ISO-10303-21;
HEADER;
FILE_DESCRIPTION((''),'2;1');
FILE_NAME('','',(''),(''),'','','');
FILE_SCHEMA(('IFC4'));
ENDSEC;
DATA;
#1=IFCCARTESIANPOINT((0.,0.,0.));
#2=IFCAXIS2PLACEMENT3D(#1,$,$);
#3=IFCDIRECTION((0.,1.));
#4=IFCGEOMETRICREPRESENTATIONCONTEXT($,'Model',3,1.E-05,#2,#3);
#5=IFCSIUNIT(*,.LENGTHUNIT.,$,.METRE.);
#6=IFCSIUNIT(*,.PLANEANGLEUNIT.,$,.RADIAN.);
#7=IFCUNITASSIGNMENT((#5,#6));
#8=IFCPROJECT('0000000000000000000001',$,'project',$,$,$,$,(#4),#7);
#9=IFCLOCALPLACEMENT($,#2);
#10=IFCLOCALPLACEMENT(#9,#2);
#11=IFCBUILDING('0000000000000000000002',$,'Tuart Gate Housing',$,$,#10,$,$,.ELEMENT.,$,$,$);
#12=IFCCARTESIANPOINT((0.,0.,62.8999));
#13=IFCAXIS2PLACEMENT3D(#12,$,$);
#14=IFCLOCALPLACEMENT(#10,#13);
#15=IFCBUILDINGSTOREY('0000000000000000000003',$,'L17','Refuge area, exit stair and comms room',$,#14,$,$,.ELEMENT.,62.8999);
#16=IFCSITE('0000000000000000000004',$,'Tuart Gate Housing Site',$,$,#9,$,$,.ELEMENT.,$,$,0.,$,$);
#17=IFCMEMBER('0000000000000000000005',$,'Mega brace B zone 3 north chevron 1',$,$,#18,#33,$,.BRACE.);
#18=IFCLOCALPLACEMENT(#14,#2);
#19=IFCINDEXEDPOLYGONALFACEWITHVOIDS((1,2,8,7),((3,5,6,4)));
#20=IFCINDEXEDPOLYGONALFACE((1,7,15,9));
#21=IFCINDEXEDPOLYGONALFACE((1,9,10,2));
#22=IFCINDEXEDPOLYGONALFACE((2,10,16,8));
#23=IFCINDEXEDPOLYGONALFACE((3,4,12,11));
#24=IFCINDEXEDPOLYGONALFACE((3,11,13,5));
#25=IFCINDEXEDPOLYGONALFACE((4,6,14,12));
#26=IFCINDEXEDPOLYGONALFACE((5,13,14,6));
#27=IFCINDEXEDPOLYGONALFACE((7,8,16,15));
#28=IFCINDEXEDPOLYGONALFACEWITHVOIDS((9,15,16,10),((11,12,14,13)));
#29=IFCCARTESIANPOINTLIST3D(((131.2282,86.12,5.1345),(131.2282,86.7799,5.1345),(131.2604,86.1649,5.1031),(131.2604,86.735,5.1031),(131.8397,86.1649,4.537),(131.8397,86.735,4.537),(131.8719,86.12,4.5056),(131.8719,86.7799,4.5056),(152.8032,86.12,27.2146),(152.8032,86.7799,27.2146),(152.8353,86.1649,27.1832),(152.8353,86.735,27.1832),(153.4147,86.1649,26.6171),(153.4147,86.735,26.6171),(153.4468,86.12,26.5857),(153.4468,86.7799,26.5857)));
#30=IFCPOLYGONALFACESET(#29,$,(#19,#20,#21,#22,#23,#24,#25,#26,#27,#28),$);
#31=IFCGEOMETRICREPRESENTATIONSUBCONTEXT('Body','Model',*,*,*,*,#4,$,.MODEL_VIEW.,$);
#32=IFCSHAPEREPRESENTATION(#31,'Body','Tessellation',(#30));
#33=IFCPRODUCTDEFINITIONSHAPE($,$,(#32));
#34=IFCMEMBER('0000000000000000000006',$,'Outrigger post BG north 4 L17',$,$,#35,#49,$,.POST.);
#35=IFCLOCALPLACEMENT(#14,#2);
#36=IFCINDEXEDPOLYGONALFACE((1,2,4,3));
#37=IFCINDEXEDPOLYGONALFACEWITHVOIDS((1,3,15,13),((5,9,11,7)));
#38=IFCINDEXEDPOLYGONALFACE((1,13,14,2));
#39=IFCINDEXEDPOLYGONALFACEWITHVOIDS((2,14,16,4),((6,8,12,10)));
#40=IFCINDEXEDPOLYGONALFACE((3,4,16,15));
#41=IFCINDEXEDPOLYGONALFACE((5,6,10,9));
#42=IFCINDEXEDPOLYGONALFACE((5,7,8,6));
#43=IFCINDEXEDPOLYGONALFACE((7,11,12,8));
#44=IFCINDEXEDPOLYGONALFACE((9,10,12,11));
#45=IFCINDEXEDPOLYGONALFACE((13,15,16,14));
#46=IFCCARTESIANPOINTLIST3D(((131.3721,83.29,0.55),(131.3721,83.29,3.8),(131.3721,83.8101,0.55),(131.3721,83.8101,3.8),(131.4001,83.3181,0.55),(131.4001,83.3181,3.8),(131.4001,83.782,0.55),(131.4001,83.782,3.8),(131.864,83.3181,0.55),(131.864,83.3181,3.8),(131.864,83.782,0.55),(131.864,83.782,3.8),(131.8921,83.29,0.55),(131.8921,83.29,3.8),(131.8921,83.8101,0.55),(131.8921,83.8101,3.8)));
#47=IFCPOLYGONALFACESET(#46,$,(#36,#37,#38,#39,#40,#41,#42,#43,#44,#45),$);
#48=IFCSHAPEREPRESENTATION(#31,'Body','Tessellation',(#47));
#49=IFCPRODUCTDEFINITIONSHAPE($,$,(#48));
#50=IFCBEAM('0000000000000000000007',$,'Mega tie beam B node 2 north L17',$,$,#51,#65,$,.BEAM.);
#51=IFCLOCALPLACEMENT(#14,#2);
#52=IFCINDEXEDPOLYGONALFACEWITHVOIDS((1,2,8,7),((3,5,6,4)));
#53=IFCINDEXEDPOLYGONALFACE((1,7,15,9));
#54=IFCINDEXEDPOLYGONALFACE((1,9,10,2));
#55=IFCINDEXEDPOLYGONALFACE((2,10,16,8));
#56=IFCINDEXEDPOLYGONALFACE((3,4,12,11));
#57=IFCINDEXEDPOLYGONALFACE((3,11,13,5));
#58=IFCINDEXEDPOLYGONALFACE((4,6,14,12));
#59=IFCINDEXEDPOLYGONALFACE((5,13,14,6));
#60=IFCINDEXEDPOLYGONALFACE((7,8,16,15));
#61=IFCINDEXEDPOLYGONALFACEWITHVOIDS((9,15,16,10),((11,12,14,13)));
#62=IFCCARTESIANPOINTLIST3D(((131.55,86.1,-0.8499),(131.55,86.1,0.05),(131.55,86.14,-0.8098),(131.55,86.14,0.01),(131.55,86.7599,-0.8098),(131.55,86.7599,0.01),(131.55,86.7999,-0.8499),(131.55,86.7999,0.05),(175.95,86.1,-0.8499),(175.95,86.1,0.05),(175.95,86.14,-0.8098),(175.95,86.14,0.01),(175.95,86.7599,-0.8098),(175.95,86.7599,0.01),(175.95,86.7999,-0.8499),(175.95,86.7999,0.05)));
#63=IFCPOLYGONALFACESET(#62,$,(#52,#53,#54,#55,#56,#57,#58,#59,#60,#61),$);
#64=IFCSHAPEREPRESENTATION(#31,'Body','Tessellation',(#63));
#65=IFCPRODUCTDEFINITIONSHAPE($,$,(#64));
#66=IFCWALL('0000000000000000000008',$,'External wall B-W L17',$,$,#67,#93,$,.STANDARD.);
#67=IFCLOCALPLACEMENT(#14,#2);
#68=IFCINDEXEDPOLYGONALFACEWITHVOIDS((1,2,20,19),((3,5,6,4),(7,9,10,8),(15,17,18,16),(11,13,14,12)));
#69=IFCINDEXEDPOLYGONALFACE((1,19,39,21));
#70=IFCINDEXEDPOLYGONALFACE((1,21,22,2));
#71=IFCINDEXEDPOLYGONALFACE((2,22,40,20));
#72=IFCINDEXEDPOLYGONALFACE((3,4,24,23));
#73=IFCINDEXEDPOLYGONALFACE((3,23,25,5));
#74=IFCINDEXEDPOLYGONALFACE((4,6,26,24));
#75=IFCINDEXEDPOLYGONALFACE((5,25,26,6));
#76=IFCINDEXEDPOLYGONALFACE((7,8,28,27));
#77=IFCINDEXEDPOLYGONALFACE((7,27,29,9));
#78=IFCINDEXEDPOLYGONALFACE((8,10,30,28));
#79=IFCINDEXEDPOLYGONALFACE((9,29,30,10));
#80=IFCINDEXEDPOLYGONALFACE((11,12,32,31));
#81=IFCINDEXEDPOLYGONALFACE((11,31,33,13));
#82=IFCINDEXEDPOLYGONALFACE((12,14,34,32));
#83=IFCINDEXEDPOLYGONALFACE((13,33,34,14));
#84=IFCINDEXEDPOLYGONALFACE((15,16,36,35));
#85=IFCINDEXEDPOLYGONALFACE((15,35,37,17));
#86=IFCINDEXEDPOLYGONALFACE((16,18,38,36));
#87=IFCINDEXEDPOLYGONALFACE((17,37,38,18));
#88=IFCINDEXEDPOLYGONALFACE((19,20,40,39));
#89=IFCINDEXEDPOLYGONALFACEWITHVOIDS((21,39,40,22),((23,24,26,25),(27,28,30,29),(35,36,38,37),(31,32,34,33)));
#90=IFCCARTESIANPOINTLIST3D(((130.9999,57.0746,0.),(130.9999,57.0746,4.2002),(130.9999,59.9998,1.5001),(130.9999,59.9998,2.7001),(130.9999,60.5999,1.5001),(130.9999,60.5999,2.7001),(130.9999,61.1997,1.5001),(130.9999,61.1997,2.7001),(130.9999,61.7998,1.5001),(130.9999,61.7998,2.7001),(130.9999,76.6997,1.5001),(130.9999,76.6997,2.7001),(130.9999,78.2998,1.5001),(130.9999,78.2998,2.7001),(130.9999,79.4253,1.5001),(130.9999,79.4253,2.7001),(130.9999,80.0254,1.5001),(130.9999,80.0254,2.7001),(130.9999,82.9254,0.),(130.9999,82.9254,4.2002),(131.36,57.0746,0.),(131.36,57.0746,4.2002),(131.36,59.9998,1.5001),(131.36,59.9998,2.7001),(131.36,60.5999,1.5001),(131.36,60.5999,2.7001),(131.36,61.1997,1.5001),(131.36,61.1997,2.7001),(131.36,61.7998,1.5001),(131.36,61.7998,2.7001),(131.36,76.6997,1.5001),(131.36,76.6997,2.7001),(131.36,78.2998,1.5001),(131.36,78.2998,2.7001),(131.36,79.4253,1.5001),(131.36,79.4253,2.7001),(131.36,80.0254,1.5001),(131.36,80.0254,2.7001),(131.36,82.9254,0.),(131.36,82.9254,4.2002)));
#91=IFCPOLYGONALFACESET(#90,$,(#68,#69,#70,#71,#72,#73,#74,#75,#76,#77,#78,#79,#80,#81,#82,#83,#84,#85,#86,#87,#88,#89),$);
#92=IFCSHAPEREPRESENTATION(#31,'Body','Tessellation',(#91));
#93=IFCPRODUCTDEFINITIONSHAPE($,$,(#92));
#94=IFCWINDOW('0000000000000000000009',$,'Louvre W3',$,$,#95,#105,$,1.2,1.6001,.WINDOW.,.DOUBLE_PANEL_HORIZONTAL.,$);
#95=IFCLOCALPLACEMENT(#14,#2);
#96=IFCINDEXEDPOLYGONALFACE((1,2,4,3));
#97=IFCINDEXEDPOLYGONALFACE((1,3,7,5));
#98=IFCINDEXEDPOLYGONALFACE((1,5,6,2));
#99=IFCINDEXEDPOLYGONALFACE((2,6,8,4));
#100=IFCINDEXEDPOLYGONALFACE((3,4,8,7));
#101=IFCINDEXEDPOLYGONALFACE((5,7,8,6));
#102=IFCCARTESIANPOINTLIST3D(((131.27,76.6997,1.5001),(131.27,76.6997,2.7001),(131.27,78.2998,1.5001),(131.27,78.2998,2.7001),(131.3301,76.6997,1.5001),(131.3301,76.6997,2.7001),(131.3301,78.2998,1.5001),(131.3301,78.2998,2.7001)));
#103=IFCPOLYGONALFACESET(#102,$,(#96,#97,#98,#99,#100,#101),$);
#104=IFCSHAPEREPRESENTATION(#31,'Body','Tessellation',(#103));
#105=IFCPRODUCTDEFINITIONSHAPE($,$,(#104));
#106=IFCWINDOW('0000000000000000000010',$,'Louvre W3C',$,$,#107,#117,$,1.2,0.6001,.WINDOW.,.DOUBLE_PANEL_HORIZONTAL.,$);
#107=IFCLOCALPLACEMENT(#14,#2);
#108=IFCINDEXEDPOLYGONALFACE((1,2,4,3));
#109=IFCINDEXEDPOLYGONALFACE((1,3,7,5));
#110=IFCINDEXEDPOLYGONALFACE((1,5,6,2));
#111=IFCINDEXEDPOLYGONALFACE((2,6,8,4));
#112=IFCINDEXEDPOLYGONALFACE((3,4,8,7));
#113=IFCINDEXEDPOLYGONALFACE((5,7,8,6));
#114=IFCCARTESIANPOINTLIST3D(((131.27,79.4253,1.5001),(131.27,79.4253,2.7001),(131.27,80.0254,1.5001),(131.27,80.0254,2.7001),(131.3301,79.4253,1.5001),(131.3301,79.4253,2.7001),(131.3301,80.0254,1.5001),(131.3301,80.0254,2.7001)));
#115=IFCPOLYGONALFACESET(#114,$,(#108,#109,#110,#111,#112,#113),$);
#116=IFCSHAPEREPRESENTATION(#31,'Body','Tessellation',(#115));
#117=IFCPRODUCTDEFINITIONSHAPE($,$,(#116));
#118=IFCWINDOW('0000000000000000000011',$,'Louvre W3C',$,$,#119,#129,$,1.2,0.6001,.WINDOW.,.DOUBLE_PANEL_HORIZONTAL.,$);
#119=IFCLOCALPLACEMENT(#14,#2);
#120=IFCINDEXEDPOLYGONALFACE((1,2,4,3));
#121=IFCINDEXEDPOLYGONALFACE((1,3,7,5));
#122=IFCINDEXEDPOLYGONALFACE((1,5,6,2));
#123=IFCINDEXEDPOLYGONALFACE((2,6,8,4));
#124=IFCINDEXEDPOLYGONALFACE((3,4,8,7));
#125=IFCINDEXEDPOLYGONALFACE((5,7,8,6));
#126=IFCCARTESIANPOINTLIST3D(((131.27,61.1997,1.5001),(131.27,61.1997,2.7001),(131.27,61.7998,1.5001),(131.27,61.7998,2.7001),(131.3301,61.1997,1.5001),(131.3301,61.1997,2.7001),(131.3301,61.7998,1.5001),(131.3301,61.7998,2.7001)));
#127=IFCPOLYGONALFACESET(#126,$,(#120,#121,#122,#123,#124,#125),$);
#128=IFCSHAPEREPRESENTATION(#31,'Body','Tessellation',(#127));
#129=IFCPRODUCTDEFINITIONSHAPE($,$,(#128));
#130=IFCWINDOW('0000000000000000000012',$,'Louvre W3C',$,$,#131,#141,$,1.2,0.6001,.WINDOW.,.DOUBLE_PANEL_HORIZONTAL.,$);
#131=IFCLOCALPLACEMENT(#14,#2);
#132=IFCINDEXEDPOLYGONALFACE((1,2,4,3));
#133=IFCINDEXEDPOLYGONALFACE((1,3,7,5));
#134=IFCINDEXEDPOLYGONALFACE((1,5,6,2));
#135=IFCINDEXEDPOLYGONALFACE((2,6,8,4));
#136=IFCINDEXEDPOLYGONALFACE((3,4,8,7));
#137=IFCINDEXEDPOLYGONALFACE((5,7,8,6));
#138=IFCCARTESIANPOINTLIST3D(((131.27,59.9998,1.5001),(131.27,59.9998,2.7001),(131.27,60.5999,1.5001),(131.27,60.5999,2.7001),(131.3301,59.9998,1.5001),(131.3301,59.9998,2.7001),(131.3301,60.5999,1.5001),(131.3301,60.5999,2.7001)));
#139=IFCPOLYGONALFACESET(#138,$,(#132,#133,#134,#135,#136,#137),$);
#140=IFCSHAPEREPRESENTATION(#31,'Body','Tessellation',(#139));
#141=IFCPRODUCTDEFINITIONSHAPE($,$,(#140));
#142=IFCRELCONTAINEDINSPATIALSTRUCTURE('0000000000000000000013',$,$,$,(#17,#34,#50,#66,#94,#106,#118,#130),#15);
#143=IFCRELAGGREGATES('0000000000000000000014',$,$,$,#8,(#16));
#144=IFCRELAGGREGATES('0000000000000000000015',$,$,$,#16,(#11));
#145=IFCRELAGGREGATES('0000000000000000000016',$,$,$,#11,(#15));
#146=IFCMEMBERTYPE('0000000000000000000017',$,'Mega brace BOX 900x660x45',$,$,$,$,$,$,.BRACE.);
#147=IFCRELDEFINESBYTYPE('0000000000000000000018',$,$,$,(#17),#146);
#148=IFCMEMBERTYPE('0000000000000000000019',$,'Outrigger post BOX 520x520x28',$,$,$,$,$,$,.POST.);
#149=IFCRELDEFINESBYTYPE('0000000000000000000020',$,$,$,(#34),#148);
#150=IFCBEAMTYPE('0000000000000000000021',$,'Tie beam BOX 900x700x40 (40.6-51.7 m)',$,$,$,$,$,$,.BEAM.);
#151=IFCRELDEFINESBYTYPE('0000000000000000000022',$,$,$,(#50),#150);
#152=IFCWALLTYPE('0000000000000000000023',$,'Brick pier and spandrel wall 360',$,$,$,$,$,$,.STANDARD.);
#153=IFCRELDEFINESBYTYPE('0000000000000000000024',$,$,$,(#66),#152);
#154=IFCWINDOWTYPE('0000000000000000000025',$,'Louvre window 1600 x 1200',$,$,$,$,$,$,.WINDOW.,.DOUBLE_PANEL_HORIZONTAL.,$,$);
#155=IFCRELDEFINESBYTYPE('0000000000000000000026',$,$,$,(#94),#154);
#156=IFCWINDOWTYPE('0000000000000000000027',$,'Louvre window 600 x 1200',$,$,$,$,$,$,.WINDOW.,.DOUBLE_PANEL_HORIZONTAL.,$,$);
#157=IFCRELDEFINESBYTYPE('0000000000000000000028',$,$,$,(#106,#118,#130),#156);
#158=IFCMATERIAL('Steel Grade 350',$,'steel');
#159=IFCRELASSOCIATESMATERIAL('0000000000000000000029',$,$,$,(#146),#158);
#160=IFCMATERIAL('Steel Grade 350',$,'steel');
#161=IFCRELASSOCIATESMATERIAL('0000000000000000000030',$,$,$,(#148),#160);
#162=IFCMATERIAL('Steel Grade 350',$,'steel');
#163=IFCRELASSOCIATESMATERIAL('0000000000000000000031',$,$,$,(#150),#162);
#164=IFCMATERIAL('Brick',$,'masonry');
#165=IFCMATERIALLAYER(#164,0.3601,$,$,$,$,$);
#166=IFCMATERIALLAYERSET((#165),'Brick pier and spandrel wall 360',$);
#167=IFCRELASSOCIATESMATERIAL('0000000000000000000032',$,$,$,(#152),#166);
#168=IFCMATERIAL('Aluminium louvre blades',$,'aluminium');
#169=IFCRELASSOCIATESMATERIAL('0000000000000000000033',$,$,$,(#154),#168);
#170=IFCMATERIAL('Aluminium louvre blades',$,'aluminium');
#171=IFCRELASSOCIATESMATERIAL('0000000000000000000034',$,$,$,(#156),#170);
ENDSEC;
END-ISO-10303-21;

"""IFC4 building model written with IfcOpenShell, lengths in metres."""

from ifc_helpers import new_model, si_unit, direction, frame, frame_2d, origin, origin_2d, place, context, subcontext, project, spatial, rectangle, hollow_rectangle, extrude, material, layer, layer_set, material_profile, profile_set, type_object, element, fill, save


model = new_model("IFC4")

# Units and contexts
model_context = context("Model", 3, precision=1e-05, world=origin(), true_north=direction((0.0, 1.0)))
body_context = subcontext(model_context, "Body", "Model", "MODEL_VIEW")
ifc_project = project(units=[si_unit("LENGTHUNIT", "METRE"), si_unit("PLANEANGLEUNIT", "RADIAN")], contexts=[model_context])

# Site, building, storey
site_placement = place(None, origin())
site = spatial("IfcSite", under=ifc_project, at=site_placement, Name="Tuart Gate Housing Site", CompositionType="ELEMENT", RefElevation=0.0)
building_placement = place(site_placement, origin())
building = spatial("IfcBuilding", under=site, at=building_placement, Name="Tuart Gate Housing", CompositionType="ELEMENT")
storey_placement = place(building_placement, frame((0.0, 0.0, 62.8999)))
storey = spatial("IfcBuildingStorey", under=building, at=storey_placement, Name="L17", Description="Refuge area, exit stair and comms room", CompositionType="ELEMENT", Elevation=62.8999)

# Members
ifc_material_1 = material(Name="Steel Grade 350", Category="steel")
ifc_material_profile_1 = material_profile(ifc_material_1, hollow_rectangle(XDim=0.6599, YDim=0.8999, WallThickness=0.0449, at=origin_2d()), Name="BOX 900x660x45")
ifc_profile_set_1 = profile_set([ifc_material_profile_1], Name="Steel Grade 350")
member_type_1 = type_object("IfcMemberType", Name="Mega brace BOX 900x660x45", PredefinedType="BRACE", material=ifc_profile_set_1)
member_1_placement = place(storey_placement, frame((131.55, 86.45, 4.8201), z_axis=(0.698878, 0.0, 0.715241), x_axis=(0.0, 1.0, 0.0)))
element("IfcMember", 1, at=member_1_placement, inside=storey, type_object=member_type_1, Name="Mega brace B zone 3 north chevron 1", PredefinedType="BRACE", context=body_context, shape_type="SweptSolid", body=[
    extrude(hollow_rectangle(XDim=0.6599, YDim=0.8999, WallThickness=0.0449, at=origin_2d()), origin(), (0.0, 0.0, 1.0), 30.8708),
])
ifc_material_2 = material(Name="Steel Grade 350", Category="steel")
ifc_material_profile_2 = material_profile(ifc_material_2, hollow_rectangle(XDim=0.52, YDim=0.52, WallThickness=0.0281, at=origin_2d()), Name="BOX 520x520x28")
ifc_profile_set_2 = profile_set([ifc_material_profile_2], Name="Steel Grade 350")
member_type_2 = type_object("IfcMemberType", Name="Outrigger post BOX 520x520x28", PredefinedType="POST", material=ifc_profile_set_2)
member_2_placement = place(storey_placement, frame((131.6321, 83.55, 0.55), z_axis=(0.0, 0.0, 1.0), x_axis=(1.0, 0.0, 0.0)))
element("IfcMember", 2, at=member_2_placement, inside=storey, type_object=member_type_2, Name="Outrigger post BG north 4 L17", PredefinedType="POST", context=body_context, shape_type="SweptSolid", body=[
    extrude(hollow_rectangle(XDim=0.52, YDim=0.52, WallThickness=0.0281, at=origin_2d()), origin(), (0.0, 0.0, 1.0), 3.25),
])

# Beam
ifc_material_3 = material(Name="Steel Grade 350", Category="steel")
ifc_material_profile_3 = material_profile(ifc_material_3, hollow_rectangle(XDim=0.7, YDim=0.8999, WallThickness=0.04, at=origin_2d()), Name="BOX 900x700x40")
ifc_profile_set_3 = profile_set([ifc_material_profile_3], Name="Steel Grade 350")
beam_type_1 = type_object("IfcBeamType", Name="Tie beam BOX 900x700x40 (40.6-51.7 m)", PredefinedType="BEAM", material=ifc_profile_set_3)
beam_1_placement = place(storey_placement, frame((131.55, 86.45, -0.3999), z_axis=(1.0, 0.0, 0.0), x_axis=(0.0, 1.0, 0.0)))
element("IfcBeam", 3, at=beam_1_placement, inside=storey, type_object=beam_type_1, Name="Mega tie beam B node 2 north L17", PredefinedType="BEAM", context=body_context, shape_type="SweptSolid", body=[
    extrude(hollow_rectangle(XDim=0.7, YDim=0.8999, WallThickness=0.04, at=origin_2d()), origin(), (0.0, 0.0, 1.0), 44.3999),
])

# Wall, openings, windows
ifc_material_4 = material(Name="Brick", Category="masonry")
ifc_layer_1 = layer(ifc_material_4, 0.3601)
ifc_layer_set_1 = layer_set([ifc_layer_1], Name="Brick pier and spandrel wall 360")
wall_type_1 = type_object("IfcWallType", Name="Brick pier and spandrel wall 360", PredefinedType="STANDARD", material=ifc_layer_set_1)
wall_1_placement = place(storey_placement, frame((131.1799, 82.9253, 0.0), z_axis=(0.0, 0.0, 1.0), x_axis=(0.0, -1.0, 0.0)))
wall_1 = element("IfcWall", 4, at=wall_1_placement, inside=storey, type_object=wall_type_1, Name="External wall B-W L17", PredefinedType="STANDARD", context=body_context, shape_type="SweptSolid", body=[
    extrude(rectangle(XDim=25.8508, YDim=0.3601, at=frame_2d((12.9253, 0.0))), origin(), (0.0, 0.0, 1.0), 4.2002),
])
opening_1_placement = place(wall_1_placement, frame((2.8999, 0.0, 1.5)))
opening_1 = element("IfcOpeningElement", 5, at=opening_1_placement, cuts=wall_1, PredefinedType="OPENING", context=body_context, shape_type="SweptSolid", body=[
    extrude(rectangle(XDim=0.6001, YDim=1.2, at=frame_2d((0.3, 0.6001))), frame((0.0, 0.1899, 0.0), z_axis=(0.0, -1.0, 0.0), x_axis=(1.0, 0.0, 0.0)), (0.0, 0.0, 1.0), 0.3801),
])
opening_2_placement = place(wall_1_placement, frame((4.6255, 0.0, 1.5)))
opening_2 = element("IfcOpeningElement", 6, at=opening_2_placement, cuts=wall_1, PredefinedType="OPENING", context=body_context, shape_type="SweptSolid", body=[
    extrude(rectangle(XDim=1.6001, YDim=1.2, at=frame_2d((0.8, 0.6001))), frame((0.0, 0.1899, 0.0), z_axis=(0.0, -1.0, 0.0), x_axis=(1.0, 0.0, 0.0)), (0.0, 0.0, 1.0), 0.3801),
])
opening_3_placement = place(wall_1_placement, frame((21.1255, 0.0, 1.5)))
opening_3 = element("IfcOpeningElement", 7, at=opening_3_placement, cuts=wall_1, PredefinedType="OPENING", context=body_context, shape_type="SweptSolid", body=[
    extrude(rectangle(XDim=0.6001, YDim=1.2, at=frame_2d((0.3, 0.6001))), frame((0.0, 0.1899, 0.0), z_axis=(0.0, -1.0, 0.0), x_axis=(1.0, 0.0, 0.0)), (0.0, 0.0, 1.0), 0.3801),
])
opening_4_placement = place(wall_1_placement, frame((22.3254, 0.0, 1.5)))
opening_4 = element("IfcOpeningElement", 8, at=opening_4_placement, cuts=wall_1, PredefinedType="OPENING", context=body_context, shape_type="SweptSolid", body=[
    extrude(rectangle(XDim=0.6001, YDim=1.2, at=frame_2d((0.3, 0.6001))), frame((0.0, 0.1899, 0.0), z_axis=(0.0, -1.0, 0.0), x_axis=(1.0, 0.0, 0.0)), (0.0, 0.0, 1.0), 0.3801),
])
ifc_material_5 = material(Name="Aluminium louvre blades", Category="aluminium")
window_type_1 = type_object("IfcWindowType", Name="Louvre window 1600 x 1200", PartitioningType="DOUBLE_PANEL_HORIZONTAL", PredefinedType="WINDOW", material=ifc_material_5)
window_1_placement = place(opening_2_placement, origin())
window_1 = element("IfcWindow", 9, at=window_1_placement, inside=storey, type_object=window_type_1, Name="Louvre W3", OverallHeight=1.2, OverallWidth=1.6001, PartitioningType="DOUBLE_PANEL_HORIZONTAL", PredefinedType="WINDOW", context=body_context, shape_type="SweptSolid", body=[
    extrude(rectangle(XDim=1.6001, YDim=1.2, at=frame_2d((0.8, 0.6001))), frame((0.0, 0.1501, 0.0), z_axis=(0.0, -1.0, 0.0), x_axis=(1.0, 0.0, 0.0)), (0.0, 0.0, 1.0), 0.0601),
])
fill(opening_2, window_1)
ifc_material_6 = material(Name="Aluminium louvre blades", Category="aluminium")
window_type_2 = type_object("IfcWindowType", Name="Louvre window 600 x 1200", PartitioningType="DOUBLE_PANEL_HORIZONTAL", PredefinedType="WINDOW", material=ifc_material_6)
window_2_placement = place(opening_1_placement, origin())
window_2 = element("IfcWindow", 10, at=window_2_placement, inside=storey, type_object=window_type_2, Name="Louvre W3C", OverallHeight=1.2, OverallWidth=0.6001, PartitioningType="DOUBLE_PANEL_HORIZONTAL", PredefinedType="WINDOW", context=body_context, shape_type="SweptSolid", body=[
    extrude(rectangle(XDim=0.6001, YDim=1.2, at=frame_2d((0.3, 0.6001))), frame((0.0, 0.1501, 0.0), z_axis=(0.0, -1.0, 0.0), x_axis=(1.0, 0.0, 0.0)), (0.0, 0.0, 1.0), 0.0601),
])
fill(opening_1, window_2)
window_3_placement = place(opening_3_placement, origin())
window_3 = element("IfcWindow", 11, at=window_3_placement, inside=storey, type_object=window_type_2, Name="Louvre W3C", OverallHeight=1.2, OverallWidth=0.6001, PartitioningType="DOUBLE_PANEL_HORIZONTAL", PredefinedType="WINDOW", context=body_context, shape_type="SweptSolid", body=[
    extrude(rectangle(XDim=0.6001, YDim=1.2, at=frame_2d((0.3, 0.6001))), frame((0.0, 0.1501, 0.0), z_axis=(0.0, -1.0, 0.0), x_axis=(1.0, 0.0, 0.0)), (0.0, 0.0, 1.0), 0.0601),
])
fill(opening_3, window_3)
window_4_placement = place(opening_4_placement, origin())
window_4 = element("IfcWindow", 12, at=window_4_placement, inside=storey, type_object=window_type_2, Name="Louvre W3C", OverallHeight=1.2, OverallWidth=0.6001, PartitioningType="DOUBLE_PANEL_HORIZONTAL", PredefinedType="WINDOW", context=body_context, shape_type="SweptSolid", body=[
    extrude(rectangle(XDim=0.6001, YDim=1.2, at=frame_2d((0.3, 0.6001))), frame((0.0, 0.1501, 0.0), z_axis=(0.0, -1.0, 0.0), x_axis=(1.0, 0.0, 0.0)), (0.0, 0.0, 1.0), 0.0601),
])
fill(opening_4, window_4)

save(model, "model.ifc")
